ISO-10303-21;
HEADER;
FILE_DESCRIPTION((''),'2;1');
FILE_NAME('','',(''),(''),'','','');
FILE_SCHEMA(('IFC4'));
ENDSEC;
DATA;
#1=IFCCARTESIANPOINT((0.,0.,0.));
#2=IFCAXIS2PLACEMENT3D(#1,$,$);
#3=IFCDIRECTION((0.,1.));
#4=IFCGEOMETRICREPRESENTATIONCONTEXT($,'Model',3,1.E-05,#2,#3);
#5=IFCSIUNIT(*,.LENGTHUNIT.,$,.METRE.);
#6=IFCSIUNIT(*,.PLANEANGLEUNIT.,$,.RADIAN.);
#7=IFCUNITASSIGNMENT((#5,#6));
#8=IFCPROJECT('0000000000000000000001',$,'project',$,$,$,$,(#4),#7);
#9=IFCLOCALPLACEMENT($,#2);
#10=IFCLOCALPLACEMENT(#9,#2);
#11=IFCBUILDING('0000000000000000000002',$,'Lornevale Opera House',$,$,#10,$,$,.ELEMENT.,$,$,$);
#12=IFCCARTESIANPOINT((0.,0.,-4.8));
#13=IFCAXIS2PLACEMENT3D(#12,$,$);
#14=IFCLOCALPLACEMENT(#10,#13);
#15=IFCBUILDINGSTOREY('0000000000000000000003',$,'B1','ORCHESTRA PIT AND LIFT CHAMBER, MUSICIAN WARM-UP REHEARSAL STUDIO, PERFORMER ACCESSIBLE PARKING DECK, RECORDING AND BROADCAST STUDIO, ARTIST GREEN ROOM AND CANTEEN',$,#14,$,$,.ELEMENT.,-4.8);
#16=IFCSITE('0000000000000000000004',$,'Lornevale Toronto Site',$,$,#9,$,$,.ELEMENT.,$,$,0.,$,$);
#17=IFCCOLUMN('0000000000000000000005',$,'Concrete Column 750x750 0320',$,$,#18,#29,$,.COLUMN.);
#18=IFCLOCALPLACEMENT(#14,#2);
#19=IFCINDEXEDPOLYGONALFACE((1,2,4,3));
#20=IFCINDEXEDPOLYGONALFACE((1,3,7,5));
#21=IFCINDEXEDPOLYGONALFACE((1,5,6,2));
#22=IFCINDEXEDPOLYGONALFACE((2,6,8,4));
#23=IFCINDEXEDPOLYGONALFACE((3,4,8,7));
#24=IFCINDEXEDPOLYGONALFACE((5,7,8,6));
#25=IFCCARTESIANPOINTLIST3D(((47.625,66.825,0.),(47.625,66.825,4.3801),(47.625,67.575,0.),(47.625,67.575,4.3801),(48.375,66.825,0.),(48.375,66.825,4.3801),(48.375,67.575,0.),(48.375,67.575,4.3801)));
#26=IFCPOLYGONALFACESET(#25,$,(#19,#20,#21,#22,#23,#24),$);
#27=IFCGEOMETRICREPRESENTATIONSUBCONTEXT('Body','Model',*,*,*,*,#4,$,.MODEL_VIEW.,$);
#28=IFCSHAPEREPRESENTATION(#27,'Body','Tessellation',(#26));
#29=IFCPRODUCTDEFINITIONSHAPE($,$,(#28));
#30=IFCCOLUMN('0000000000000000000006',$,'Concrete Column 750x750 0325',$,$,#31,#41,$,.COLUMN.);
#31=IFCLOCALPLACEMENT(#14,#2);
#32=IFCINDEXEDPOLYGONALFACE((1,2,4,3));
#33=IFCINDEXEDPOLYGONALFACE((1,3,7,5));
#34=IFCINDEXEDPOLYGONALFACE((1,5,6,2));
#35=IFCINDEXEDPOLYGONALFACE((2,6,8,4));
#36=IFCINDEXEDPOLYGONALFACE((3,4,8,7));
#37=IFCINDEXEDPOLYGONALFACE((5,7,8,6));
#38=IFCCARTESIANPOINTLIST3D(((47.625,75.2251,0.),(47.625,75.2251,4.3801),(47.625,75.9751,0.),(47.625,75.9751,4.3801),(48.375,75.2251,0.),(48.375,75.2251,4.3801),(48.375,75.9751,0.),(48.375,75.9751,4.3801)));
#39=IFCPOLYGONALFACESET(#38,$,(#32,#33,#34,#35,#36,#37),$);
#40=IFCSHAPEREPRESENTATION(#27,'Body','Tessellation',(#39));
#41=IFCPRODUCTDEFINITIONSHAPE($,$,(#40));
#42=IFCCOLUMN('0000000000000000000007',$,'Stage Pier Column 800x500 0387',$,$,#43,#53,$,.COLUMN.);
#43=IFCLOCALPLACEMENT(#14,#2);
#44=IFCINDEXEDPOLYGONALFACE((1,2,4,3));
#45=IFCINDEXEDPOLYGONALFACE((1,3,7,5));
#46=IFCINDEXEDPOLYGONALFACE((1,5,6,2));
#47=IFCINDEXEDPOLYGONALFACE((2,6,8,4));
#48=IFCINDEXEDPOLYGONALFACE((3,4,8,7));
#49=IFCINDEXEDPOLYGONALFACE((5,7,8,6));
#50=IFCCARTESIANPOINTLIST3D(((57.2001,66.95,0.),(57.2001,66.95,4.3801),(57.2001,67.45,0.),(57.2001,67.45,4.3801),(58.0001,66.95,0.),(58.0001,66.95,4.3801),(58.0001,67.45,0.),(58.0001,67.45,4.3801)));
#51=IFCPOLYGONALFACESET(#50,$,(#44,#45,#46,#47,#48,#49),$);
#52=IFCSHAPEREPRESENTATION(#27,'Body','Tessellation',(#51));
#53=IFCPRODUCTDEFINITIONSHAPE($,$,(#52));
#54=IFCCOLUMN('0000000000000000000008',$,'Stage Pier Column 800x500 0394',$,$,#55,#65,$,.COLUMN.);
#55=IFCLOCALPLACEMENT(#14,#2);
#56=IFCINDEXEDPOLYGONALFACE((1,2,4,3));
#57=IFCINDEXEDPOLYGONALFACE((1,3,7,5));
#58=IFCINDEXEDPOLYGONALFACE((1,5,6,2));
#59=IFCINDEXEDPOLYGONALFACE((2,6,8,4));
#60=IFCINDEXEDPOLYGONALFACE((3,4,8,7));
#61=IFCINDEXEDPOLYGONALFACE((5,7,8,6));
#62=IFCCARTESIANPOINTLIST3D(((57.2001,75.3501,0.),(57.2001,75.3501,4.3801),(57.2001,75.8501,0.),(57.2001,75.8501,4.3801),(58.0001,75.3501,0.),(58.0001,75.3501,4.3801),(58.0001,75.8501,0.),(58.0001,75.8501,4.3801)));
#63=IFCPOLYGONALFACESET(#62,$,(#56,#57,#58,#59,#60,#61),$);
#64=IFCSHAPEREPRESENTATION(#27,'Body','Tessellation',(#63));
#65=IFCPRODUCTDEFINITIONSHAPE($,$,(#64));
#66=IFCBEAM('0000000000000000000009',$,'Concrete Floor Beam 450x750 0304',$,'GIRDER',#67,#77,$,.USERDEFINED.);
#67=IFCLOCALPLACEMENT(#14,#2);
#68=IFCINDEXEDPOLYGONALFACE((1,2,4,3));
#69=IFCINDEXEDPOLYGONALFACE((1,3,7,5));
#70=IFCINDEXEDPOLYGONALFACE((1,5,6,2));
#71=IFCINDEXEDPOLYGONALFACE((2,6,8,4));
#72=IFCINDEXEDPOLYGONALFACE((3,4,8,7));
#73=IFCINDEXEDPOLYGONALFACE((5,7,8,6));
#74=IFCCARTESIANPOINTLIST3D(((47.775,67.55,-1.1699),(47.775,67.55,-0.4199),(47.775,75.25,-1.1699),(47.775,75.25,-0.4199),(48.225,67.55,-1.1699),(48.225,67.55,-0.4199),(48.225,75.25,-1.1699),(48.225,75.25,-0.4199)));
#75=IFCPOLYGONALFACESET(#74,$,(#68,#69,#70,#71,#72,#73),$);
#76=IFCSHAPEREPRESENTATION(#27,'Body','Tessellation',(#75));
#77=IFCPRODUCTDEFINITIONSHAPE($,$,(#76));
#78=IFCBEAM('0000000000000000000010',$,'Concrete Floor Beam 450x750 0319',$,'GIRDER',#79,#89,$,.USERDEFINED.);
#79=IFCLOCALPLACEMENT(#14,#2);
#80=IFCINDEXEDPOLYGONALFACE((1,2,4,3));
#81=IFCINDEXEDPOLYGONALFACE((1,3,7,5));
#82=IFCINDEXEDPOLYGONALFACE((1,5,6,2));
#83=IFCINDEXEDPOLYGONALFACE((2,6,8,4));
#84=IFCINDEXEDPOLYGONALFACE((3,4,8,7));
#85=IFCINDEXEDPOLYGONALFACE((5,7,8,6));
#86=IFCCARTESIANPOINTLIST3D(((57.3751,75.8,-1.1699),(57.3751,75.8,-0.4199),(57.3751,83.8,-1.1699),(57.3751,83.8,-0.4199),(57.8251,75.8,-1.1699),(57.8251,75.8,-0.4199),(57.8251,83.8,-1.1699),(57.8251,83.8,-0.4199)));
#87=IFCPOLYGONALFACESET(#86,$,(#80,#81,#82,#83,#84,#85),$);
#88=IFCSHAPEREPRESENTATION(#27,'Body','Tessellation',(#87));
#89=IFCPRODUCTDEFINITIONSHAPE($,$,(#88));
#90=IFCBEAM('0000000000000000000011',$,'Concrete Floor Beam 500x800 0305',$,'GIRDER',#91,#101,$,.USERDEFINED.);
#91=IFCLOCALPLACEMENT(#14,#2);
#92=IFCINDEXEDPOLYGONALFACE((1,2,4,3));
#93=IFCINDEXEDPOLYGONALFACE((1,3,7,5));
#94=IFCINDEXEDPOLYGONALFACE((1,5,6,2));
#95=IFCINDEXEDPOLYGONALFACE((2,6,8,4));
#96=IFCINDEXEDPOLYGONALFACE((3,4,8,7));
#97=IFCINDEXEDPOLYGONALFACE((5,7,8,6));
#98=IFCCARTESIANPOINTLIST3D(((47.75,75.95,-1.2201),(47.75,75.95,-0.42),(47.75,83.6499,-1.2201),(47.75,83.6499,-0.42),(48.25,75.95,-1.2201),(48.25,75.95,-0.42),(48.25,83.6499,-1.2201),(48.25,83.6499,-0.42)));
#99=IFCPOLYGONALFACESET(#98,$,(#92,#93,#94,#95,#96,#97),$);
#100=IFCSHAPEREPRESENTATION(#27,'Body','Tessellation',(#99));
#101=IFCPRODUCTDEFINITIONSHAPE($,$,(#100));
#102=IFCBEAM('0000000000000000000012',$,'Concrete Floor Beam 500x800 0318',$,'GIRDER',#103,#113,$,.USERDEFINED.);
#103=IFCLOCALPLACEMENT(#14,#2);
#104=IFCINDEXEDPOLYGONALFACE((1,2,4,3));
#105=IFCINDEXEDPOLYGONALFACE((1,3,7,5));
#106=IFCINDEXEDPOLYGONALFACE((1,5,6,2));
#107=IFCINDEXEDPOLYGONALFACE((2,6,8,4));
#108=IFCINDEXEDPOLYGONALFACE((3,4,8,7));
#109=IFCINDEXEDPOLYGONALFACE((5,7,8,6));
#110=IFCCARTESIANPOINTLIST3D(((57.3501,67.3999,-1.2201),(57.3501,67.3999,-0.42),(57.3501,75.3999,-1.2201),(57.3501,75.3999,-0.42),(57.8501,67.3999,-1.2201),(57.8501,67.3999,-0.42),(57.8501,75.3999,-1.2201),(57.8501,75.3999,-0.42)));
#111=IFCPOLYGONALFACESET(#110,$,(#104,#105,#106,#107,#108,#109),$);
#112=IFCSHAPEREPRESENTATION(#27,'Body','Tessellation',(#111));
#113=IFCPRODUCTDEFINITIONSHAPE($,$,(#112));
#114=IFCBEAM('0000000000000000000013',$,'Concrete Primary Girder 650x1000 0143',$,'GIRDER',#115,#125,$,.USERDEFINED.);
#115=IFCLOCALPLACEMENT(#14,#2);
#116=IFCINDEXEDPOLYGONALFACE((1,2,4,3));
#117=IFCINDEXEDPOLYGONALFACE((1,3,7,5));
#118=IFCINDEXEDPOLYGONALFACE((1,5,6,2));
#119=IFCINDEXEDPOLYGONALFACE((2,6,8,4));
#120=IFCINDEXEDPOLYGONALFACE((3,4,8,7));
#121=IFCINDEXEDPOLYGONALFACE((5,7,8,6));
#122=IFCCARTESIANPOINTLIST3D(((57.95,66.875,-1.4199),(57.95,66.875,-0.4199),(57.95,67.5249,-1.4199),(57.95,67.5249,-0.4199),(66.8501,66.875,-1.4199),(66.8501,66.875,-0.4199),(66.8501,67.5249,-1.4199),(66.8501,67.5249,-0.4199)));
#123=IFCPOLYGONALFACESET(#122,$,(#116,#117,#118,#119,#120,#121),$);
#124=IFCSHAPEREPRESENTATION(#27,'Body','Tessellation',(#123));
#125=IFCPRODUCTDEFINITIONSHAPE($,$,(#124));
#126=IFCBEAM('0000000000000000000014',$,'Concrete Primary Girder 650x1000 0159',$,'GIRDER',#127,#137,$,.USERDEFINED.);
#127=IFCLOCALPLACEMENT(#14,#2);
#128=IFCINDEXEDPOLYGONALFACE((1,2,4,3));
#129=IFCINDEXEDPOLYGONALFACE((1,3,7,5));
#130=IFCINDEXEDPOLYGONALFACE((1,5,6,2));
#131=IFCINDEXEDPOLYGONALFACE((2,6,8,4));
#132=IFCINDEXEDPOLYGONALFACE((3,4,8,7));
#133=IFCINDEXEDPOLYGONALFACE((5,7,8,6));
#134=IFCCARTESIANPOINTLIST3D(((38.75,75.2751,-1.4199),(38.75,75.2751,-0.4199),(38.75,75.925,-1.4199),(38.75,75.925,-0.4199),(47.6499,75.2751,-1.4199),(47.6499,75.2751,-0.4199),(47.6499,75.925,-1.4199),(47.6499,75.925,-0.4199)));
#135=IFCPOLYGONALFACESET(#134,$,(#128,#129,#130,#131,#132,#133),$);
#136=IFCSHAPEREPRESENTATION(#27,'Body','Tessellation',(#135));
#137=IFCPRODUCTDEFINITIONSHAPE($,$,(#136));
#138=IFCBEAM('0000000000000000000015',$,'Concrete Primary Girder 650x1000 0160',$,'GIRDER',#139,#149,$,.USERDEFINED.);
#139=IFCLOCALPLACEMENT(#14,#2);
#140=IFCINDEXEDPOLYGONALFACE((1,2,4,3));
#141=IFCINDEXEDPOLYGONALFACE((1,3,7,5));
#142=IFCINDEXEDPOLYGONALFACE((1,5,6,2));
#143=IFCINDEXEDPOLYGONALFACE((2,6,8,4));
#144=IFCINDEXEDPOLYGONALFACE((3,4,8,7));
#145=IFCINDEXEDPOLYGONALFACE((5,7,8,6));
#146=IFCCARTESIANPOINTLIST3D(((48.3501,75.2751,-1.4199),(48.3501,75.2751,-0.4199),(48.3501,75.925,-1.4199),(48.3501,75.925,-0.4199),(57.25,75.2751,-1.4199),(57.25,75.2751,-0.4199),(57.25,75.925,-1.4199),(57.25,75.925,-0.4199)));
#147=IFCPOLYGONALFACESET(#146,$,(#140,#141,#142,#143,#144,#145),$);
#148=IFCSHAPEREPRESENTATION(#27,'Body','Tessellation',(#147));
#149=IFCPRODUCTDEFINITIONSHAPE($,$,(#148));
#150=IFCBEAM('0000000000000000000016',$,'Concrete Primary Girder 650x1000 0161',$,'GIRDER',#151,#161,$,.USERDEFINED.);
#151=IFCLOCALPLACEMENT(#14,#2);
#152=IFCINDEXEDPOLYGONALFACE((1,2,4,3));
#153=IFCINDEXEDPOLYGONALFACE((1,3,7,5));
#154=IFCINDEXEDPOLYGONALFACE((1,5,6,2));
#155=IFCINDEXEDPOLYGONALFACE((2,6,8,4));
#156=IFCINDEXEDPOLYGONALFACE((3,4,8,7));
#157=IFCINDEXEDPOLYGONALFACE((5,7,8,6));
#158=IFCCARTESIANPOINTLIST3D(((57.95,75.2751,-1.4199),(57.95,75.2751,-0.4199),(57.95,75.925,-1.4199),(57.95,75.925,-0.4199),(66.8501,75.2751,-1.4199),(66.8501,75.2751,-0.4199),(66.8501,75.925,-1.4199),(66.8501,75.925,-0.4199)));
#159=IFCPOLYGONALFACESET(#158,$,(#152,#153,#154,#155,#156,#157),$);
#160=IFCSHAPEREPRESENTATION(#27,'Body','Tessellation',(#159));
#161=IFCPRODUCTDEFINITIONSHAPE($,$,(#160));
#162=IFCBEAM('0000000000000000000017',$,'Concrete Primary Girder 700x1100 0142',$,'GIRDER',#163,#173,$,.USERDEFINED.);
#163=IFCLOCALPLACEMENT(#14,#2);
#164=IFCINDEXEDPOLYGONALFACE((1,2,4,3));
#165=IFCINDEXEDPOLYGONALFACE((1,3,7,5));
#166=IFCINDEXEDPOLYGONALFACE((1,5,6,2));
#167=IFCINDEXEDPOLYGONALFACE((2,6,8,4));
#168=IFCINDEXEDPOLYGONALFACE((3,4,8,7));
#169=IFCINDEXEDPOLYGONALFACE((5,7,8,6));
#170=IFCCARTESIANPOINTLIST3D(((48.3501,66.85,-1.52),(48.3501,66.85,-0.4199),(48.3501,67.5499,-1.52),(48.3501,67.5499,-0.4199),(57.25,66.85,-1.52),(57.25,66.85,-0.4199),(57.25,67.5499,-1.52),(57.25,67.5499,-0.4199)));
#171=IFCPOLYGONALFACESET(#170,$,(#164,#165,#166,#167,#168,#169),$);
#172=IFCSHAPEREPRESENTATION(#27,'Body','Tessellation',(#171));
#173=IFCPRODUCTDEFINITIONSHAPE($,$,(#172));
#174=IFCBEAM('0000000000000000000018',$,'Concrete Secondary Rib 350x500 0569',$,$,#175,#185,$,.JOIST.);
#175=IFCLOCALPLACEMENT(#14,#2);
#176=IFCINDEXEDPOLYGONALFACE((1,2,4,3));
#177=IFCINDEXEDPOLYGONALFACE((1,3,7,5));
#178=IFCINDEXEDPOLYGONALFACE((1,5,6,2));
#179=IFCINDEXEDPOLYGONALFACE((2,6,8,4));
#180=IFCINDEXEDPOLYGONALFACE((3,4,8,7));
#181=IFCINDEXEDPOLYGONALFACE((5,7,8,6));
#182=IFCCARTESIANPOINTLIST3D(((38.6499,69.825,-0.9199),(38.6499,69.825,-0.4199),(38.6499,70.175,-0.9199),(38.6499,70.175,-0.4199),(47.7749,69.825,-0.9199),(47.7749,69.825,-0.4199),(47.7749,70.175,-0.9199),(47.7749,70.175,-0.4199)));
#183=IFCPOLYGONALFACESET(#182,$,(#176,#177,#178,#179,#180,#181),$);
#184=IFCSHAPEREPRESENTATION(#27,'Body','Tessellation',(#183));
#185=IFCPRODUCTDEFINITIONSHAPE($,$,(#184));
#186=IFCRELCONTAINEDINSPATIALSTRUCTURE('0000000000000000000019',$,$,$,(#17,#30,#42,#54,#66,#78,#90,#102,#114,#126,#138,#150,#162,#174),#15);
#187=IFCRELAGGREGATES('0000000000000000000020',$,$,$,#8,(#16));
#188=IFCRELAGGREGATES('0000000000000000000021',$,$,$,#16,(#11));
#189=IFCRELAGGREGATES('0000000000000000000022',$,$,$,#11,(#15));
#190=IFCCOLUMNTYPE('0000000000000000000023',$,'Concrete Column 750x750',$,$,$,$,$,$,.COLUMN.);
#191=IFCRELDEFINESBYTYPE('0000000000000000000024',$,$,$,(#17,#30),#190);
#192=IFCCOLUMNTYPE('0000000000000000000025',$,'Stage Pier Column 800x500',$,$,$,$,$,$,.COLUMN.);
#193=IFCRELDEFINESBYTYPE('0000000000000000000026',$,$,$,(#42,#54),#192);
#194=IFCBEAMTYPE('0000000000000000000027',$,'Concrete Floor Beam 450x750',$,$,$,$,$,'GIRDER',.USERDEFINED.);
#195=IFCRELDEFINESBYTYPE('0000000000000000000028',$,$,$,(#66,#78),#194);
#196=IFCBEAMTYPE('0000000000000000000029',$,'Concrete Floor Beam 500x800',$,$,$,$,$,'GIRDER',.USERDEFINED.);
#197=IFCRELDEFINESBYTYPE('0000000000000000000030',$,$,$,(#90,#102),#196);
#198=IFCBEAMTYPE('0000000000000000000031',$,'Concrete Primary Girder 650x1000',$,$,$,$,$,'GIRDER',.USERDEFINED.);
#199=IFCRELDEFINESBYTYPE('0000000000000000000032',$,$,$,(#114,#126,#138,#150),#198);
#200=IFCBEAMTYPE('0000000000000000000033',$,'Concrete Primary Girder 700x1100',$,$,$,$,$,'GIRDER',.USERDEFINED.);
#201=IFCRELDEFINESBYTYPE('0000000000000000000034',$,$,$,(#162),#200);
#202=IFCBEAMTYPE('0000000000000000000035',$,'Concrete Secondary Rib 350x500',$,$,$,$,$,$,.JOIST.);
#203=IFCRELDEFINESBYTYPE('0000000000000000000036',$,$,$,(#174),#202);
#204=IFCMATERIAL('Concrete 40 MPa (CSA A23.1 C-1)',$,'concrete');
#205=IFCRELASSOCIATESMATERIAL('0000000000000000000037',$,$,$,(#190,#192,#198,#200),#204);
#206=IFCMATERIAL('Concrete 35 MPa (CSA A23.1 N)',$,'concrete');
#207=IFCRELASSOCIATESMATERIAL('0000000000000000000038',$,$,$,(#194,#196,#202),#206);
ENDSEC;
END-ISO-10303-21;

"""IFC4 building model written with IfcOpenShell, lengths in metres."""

from ifc_helpers import new_model, si_unit, direction, frame, origin, origin_2d, place, context, subcontext, project, spatial, rectangle, extrude, material, material_profile, profile_set, type_object, element, save


model = new_model("IFC4")

# Units and contexts
model_context = context("Model", 3, precision=1e-05, world=origin(), true_north=direction((0.0, 1.0)))
body_context = subcontext(model_context, "Body", "Model", "MODEL_VIEW")
ifc_project = project(units=[si_unit("LENGTHUNIT", "METRE"), si_unit("PLANEANGLEUNIT", "RADIAN")], contexts=[model_context])

# Site, building, storey
site_placement = place(None, origin())
site = spatial("IfcSite", under=ifc_project, at=site_placement, Name="Lornevale Toronto Site", CompositionType="ELEMENT", RefElevation=0.0)
building_placement = place(site_placement, origin())
building = spatial("IfcBuilding", under=site, at=building_placement, Name="Lornevale Opera House", CompositionType="ELEMENT")
storey_placement = place(building_placement, frame((0.0, 0.0, -4.8)))
storey = spatial("IfcBuildingStorey", under=building, at=storey_placement, Name="B1", Description="ORCHESTRA PIT AND LIFT CHAMBER, MUSICIAN WARM-UP REHEARSAL STUDIO, PERFORMER ACCESSIBLE PARKING DECK, RECORDING AND BROADCAST STUDIO, ARTIST GREEN ROOM AND CANTEEN", CompositionType="ELEMENT", Elevation=-4.8)

# Columns
ifc_material_1 = material(Name="Concrete 40 MPa (CSA A23.1 C-1)", Category="concrete")
ifc_material_profile_1 = material_profile(ifc_material_1, rectangle(XDim=0.75, YDim=0.75, at=origin_2d()), Name="RC750x750")
ifc_profile_set_1 = profile_set([ifc_material_profile_1], Name="Concrete 40 MPa (CSA A23.1 C-1)")
column_type_1 = type_object("IfcColumnType", Name="Concrete Column 750x750", PredefinedType="COLUMN", material=ifc_profile_set_1)
for number, where, z_axis, x_axis, name in (
    (1, (48.0, 67.2, 0.0), (0.0, 0.0, 1.0), (1.0, 0.0, 0.0), "Concrete Column 750x750 0320"),
    (2, (48.0, 75.6001, 0.0), (0.0, 0.0, 1.0), (1.0, 0.0, 0.0), "Concrete Column 750x750 0325"),
):
    element("IfcColumn", number, at=place(storey_placement, frame(where, z_axis=z_axis, x_axis=x_axis)), inside=storey, type_object=column_type_1, Name=name, PredefinedType="COLUMN", context=body_context, shape_type="SweptSolid", body=[
        extrude(rectangle(XDim=0.75, YDim=0.75, at=origin_2d()), origin(), (0.0, 0.0, 1.0), 4.3801),
    ])
ifc_material_profile_2 = material_profile(ifc_material_1, rectangle(XDim=0.8, YDim=0.5, at=origin_2d()), Name="RC800x500")
ifc_profile_set_2 = profile_set([ifc_material_profile_2], Name="Concrete 40 MPa (CSA A23.1 C-1)")
column_type_2 = type_object("IfcColumnType", Name="Stage Pier Column 800x500", PredefinedType="COLUMN", material=ifc_profile_set_2)
for number, where, z_axis, x_axis, name in (
    (3, (57.6001, 67.2, 0.0), (0.0, 0.0, 1.0), (1.0, 0.0, 0.0), "Stage Pier Column 800x500 0387"),
    (4, (57.6001, 75.6001, 0.0), (0.0, 0.0, 1.0), (1.0, 0.0, 0.0), "Stage Pier Column 800x500 0394"),
):
    element("IfcColumn", number, at=place(storey_placement, frame(where, z_axis=z_axis, x_axis=x_axis)), inside=storey, type_object=column_type_2, Name=name, PredefinedType="COLUMN", context=body_context, shape_type="SweptSolid", body=[
        extrude(rectangle(XDim=0.8, YDim=0.5, at=origin_2d()), origin(), (0.0, 0.0, 1.0), 4.3801),
    ])

# Beams
ifc_material_2 = material(Name="Concrete 35 MPa (CSA A23.1 N)", Category="concrete")
ifc_material_profile_3 = material_profile(ifc_material_2, rectangle(XDim=0.45, YDim=0.75, at=origin_2d()), Name="RC450x750")
ifc_profile_set_3 = profile_set([ifc_material_profile_3], Name="Concrete 35 MPa (CSA A23.1 N)")
beam_type_1 = type_object("IfcBeamType", Name="Concrete Floor Beam 450x750", ElementType="GIRDER", PredefinedType="USERDEFINED", material=ifc_profile_set_3)
beam_1_placement = place(storey_placement, frame((48.0, 67.55, -0.7949), z_axis=(0.0, 1.0, 0.0), x_axis=(-1.0, 0.0, 0.0)))
element("IfcBeam", 5, at=beam_1_placement, inside=storey, type_object=beam_type_1, Name="Concrete Floor Beam 450x750 0304", ObjectType="GIRDER", PredefinedType="USERDEFINED", context=body_context, shape_type="SweptSolid", body=[
    extrude(rectangle(XDim=0.45, YDim=0.75, at=origin_2d()), origin(), (0.0, 0.0, 1.0), 7.7),
])
beam_2_placement = place(storey_placement, frame((57.6001, 75.8, -0.7949), z_axis=(0.0, 1.0, 0.0), x_axis=(-1.0, 0.0, 0.0)))
element("IfcBeam", 6, at=beam_2_placement, inside=storey, type_object=beam_type_1, Name="Concrete Floor Beam 450x750 0319", ObjectType="GIRDER", PredefinedType="USERDEFINED", context=body_context, shape_type="SweptSolid", body=[
    extrude(rectangle(XDim=0.45, YDim=0.75, at=origin_2d()), origin(), (0.0, 0.0, 1.0), 8.0),
])
ifc_material_profile_4 = material_profile(ifc_material_2, rectangle(XDim=0.5, YDim=0.8, at=origin_2d()), Name="RC500x800")
ifc_profile_set_4 = profile_set([ifc_material_profile_4], Name="Concrete 35 MPa (CSA A23.1 N)")
beam_type_2 = type_object("IfcBeamType", Name="Concrete Floor Beam 500x800", ElementType="GIRDER", PredefinedType="USERDEFINED", material=ifc_profile_set_4)
beam_3_placement = place(storey_placement, frame((48.0, 75.95, -0.8201), z_axis=(0.0, 1.0, 0.0), x_axis=(-1.0, 0.0, 0.0)))
element("IfcBeam", 7, at=beam_3_placement, inside=storey, type_object=beam_type_2, Name="Concrete Floor Beam 500x800 0305", ObjectType="GIRDER", PredefinedType="USERDEFINED", context=body_context, shape_type="SweptSolid", body=[
    extrude(rectangle(XDim=0.5, YDim=0.8, at=origin_2d()), origin(), (0.0, 0.0, 1.0), 7.7),
])
beam_4_placement = place(storey_placement, frame((57.6001, 67.3999, -0.8201), z_axis=(0.0, 1.0, 0.0), x_axis=(-1.0, 0.0, 0.0)))
element("IfcBeam", 8, at=beam_4_placement, inside=storey, type_object=beam_type_2, Name="Concrete Floor Beam 500x800 0318", ObjectType="GIRDER", PredefinedType="USERDEFINED", context=body_context, shape_type="SweptSolid", body=[
    extrude(rectangle(XDim=0.5, YDim=0.8, at=origin_2d()), origin(), (0.0, 0.0, 1.0), 8.0),
])
ifc_material_profile_5 = material_profile(ifc_material_1, rectangle(XDim=0.6499, YDim=1.0, at=origin_2d()), Name="RC650x1000")
ifc_profile_set_5 = profile_set([ifc_material_profile_5], Name="Concrete 40 MPa (CSA A23.1 C-1)")
beam_type_3 = type_object("IfcBeamType", Name="Concrete Primary Girder 650x1000", ElementType="GIRDER", PredefinedType="USERDEFINED", material=ifc_profile_set_5)
beam_5_placement = place(storey_placement, frame((57.95, 67.2, -0.9199), z_axis=(1.0, 0.0, 0.0), x_axis=(0.0, 1.0, 0.0)))
element("IfcBeam", 9, at=beam_5_placement, inside=storey, type_object=beam_type_3, Name="Concrete Primary Girder 650x1000 0143", ObjectType="GIRDER", PredefinedType="USERDEFINED", context=body_context, shape_type="SweptSolid", body=[
    extrude(rectangle(XDim=0.6499, YDim=1.0, at=origin_2d()), origin(), (0.0, 0.0, 1.0), 8.9001),
])
for number, where, z_axis, x_axis, name in (
    (10, (38.75, 75.6001, -0.9199), (1.0, 0.0, 0.0), (0.0, 1.0, 0.0), "Concrete Primary Girder 650x1000 0159"),
    (11, (48.3501, 75.6001, -0.9199), (1.0, 0.0, 0.0), (0.0, 1.0, 0.0), "Concrete Primary Girder 650x1000 0160"),
):
    element("IfcBeam", number, at=place(storey_placement, frame(where, z_axis=z_axis, x_axis=x_axis)), inside=storey, type_object=beam_type_3, Name=name, ObjectType="GIRDER", PredefinedType="USERDEFINED", context=body_context, shape_type="SweptSolid", body=[
        extrude(rectangle(XDim=0.6499, YDim=1.0, at=origin_2d()), origin(), (0.0, 0.0, 1.0), 8.8999),
    ])
beam_6_placement = place(storey_placement, frame((57.95, 75.6001, -0.9199), z_axis=(1.0, 0.0, 0.0), x_axis=(0.0, 1.0, 0.0)))
element("IfcBeam", 12, at=beam_6_placement, inside=storey, type_object=beam_type_3, Name="Concrete Primary Girder 650x1000 0161", ObjectType="GIRDER", PredefinedType="USERDEFINED", context=body_context, shape_type="SweptSolid", body=[
    extrude(rectangle(XDim=0.6499, YDim=1.0, at=origin_2d()), origin(), (0.0, 0.0, 1.0), 8.9001),
])
ifc_material_profile_6 = material_profile(ifc_material_1, rectangle(XDim=0.7, YDim=1.1001, at=origin_2d()), Name="RC700x1100")
ifc_profile_set_6 = profile_set([ifc_material_profile_6], Name="Concrete 40 MPa (CSA A23.1 C-1)")
beam_type_4 = type_object("IfcBeamType", Name="Concrete Primary Girder 700x1100", ElementType="GIRDER", PredefinedType="USERDEFINED", material=ifc_profile_set_6)
beam_7_placement = place(storey_placement, frame((48.3501, 67.2, -0.97), z_axis=(1.0, 0.0, 0.0), x_axis=(0.0, 1.0, 0.0)))
element("IfcBeam", 13, at=beam_7_placement, inside=storey, type_object=beam_type_4, Name="Concrete Primary Girder 700x1100 0142", ObjectType="GIRDER", PredefinedType="USERDEFINED", context=body_context, shape_type="SweptSolid", body=[
    extrude(rectangle(XDim=0.7, YDim=1.1001, at=origin_2d()), origin(), (0.0, 0.0, 1.0), 8.8999),
])
ifc_material_profile_7 = material_profile(ifc_material_2, rectangle(XDim=0.3501, YDim=0.5, at=origin_2d()), Name="RC350x500")
ifc_profile_set_7 = profile_set([ifc_material_profile_7], Name="Concrete 35 MPa (CSA A23.1 N)")
beam_type_5 = type_object("IfcBeamType", Name="Concrete Secondary Rib 350x500", PredefinedType="JOIST", material=ifc_profile_set_7)
for number, where, z_axis, x_axis, name in (
    (14, (38.6499, 70.0, -0.6699), (1.0, 0.0, 0.0), (0.0, 1.0, 0.0), "Concrete Secondary Rib 350x500 0569"),
):
    element("IfcBeam", number, at=place(storey_placement, frame(where, z_axis=z_axis, x_axis=x_axis)), inside=storey, type_object=beam_type_5, Name=name, PredefinedType="JOIST", context=body_context, shape_type="SweptSolid", body=[
        extrude(rectangle(XDim=0.3501, YDim=0.5, at=origin_2d()), origin(), (0.0, 0.0, 1.0), 9.125),
    ])

save(model, "model.ifc")
